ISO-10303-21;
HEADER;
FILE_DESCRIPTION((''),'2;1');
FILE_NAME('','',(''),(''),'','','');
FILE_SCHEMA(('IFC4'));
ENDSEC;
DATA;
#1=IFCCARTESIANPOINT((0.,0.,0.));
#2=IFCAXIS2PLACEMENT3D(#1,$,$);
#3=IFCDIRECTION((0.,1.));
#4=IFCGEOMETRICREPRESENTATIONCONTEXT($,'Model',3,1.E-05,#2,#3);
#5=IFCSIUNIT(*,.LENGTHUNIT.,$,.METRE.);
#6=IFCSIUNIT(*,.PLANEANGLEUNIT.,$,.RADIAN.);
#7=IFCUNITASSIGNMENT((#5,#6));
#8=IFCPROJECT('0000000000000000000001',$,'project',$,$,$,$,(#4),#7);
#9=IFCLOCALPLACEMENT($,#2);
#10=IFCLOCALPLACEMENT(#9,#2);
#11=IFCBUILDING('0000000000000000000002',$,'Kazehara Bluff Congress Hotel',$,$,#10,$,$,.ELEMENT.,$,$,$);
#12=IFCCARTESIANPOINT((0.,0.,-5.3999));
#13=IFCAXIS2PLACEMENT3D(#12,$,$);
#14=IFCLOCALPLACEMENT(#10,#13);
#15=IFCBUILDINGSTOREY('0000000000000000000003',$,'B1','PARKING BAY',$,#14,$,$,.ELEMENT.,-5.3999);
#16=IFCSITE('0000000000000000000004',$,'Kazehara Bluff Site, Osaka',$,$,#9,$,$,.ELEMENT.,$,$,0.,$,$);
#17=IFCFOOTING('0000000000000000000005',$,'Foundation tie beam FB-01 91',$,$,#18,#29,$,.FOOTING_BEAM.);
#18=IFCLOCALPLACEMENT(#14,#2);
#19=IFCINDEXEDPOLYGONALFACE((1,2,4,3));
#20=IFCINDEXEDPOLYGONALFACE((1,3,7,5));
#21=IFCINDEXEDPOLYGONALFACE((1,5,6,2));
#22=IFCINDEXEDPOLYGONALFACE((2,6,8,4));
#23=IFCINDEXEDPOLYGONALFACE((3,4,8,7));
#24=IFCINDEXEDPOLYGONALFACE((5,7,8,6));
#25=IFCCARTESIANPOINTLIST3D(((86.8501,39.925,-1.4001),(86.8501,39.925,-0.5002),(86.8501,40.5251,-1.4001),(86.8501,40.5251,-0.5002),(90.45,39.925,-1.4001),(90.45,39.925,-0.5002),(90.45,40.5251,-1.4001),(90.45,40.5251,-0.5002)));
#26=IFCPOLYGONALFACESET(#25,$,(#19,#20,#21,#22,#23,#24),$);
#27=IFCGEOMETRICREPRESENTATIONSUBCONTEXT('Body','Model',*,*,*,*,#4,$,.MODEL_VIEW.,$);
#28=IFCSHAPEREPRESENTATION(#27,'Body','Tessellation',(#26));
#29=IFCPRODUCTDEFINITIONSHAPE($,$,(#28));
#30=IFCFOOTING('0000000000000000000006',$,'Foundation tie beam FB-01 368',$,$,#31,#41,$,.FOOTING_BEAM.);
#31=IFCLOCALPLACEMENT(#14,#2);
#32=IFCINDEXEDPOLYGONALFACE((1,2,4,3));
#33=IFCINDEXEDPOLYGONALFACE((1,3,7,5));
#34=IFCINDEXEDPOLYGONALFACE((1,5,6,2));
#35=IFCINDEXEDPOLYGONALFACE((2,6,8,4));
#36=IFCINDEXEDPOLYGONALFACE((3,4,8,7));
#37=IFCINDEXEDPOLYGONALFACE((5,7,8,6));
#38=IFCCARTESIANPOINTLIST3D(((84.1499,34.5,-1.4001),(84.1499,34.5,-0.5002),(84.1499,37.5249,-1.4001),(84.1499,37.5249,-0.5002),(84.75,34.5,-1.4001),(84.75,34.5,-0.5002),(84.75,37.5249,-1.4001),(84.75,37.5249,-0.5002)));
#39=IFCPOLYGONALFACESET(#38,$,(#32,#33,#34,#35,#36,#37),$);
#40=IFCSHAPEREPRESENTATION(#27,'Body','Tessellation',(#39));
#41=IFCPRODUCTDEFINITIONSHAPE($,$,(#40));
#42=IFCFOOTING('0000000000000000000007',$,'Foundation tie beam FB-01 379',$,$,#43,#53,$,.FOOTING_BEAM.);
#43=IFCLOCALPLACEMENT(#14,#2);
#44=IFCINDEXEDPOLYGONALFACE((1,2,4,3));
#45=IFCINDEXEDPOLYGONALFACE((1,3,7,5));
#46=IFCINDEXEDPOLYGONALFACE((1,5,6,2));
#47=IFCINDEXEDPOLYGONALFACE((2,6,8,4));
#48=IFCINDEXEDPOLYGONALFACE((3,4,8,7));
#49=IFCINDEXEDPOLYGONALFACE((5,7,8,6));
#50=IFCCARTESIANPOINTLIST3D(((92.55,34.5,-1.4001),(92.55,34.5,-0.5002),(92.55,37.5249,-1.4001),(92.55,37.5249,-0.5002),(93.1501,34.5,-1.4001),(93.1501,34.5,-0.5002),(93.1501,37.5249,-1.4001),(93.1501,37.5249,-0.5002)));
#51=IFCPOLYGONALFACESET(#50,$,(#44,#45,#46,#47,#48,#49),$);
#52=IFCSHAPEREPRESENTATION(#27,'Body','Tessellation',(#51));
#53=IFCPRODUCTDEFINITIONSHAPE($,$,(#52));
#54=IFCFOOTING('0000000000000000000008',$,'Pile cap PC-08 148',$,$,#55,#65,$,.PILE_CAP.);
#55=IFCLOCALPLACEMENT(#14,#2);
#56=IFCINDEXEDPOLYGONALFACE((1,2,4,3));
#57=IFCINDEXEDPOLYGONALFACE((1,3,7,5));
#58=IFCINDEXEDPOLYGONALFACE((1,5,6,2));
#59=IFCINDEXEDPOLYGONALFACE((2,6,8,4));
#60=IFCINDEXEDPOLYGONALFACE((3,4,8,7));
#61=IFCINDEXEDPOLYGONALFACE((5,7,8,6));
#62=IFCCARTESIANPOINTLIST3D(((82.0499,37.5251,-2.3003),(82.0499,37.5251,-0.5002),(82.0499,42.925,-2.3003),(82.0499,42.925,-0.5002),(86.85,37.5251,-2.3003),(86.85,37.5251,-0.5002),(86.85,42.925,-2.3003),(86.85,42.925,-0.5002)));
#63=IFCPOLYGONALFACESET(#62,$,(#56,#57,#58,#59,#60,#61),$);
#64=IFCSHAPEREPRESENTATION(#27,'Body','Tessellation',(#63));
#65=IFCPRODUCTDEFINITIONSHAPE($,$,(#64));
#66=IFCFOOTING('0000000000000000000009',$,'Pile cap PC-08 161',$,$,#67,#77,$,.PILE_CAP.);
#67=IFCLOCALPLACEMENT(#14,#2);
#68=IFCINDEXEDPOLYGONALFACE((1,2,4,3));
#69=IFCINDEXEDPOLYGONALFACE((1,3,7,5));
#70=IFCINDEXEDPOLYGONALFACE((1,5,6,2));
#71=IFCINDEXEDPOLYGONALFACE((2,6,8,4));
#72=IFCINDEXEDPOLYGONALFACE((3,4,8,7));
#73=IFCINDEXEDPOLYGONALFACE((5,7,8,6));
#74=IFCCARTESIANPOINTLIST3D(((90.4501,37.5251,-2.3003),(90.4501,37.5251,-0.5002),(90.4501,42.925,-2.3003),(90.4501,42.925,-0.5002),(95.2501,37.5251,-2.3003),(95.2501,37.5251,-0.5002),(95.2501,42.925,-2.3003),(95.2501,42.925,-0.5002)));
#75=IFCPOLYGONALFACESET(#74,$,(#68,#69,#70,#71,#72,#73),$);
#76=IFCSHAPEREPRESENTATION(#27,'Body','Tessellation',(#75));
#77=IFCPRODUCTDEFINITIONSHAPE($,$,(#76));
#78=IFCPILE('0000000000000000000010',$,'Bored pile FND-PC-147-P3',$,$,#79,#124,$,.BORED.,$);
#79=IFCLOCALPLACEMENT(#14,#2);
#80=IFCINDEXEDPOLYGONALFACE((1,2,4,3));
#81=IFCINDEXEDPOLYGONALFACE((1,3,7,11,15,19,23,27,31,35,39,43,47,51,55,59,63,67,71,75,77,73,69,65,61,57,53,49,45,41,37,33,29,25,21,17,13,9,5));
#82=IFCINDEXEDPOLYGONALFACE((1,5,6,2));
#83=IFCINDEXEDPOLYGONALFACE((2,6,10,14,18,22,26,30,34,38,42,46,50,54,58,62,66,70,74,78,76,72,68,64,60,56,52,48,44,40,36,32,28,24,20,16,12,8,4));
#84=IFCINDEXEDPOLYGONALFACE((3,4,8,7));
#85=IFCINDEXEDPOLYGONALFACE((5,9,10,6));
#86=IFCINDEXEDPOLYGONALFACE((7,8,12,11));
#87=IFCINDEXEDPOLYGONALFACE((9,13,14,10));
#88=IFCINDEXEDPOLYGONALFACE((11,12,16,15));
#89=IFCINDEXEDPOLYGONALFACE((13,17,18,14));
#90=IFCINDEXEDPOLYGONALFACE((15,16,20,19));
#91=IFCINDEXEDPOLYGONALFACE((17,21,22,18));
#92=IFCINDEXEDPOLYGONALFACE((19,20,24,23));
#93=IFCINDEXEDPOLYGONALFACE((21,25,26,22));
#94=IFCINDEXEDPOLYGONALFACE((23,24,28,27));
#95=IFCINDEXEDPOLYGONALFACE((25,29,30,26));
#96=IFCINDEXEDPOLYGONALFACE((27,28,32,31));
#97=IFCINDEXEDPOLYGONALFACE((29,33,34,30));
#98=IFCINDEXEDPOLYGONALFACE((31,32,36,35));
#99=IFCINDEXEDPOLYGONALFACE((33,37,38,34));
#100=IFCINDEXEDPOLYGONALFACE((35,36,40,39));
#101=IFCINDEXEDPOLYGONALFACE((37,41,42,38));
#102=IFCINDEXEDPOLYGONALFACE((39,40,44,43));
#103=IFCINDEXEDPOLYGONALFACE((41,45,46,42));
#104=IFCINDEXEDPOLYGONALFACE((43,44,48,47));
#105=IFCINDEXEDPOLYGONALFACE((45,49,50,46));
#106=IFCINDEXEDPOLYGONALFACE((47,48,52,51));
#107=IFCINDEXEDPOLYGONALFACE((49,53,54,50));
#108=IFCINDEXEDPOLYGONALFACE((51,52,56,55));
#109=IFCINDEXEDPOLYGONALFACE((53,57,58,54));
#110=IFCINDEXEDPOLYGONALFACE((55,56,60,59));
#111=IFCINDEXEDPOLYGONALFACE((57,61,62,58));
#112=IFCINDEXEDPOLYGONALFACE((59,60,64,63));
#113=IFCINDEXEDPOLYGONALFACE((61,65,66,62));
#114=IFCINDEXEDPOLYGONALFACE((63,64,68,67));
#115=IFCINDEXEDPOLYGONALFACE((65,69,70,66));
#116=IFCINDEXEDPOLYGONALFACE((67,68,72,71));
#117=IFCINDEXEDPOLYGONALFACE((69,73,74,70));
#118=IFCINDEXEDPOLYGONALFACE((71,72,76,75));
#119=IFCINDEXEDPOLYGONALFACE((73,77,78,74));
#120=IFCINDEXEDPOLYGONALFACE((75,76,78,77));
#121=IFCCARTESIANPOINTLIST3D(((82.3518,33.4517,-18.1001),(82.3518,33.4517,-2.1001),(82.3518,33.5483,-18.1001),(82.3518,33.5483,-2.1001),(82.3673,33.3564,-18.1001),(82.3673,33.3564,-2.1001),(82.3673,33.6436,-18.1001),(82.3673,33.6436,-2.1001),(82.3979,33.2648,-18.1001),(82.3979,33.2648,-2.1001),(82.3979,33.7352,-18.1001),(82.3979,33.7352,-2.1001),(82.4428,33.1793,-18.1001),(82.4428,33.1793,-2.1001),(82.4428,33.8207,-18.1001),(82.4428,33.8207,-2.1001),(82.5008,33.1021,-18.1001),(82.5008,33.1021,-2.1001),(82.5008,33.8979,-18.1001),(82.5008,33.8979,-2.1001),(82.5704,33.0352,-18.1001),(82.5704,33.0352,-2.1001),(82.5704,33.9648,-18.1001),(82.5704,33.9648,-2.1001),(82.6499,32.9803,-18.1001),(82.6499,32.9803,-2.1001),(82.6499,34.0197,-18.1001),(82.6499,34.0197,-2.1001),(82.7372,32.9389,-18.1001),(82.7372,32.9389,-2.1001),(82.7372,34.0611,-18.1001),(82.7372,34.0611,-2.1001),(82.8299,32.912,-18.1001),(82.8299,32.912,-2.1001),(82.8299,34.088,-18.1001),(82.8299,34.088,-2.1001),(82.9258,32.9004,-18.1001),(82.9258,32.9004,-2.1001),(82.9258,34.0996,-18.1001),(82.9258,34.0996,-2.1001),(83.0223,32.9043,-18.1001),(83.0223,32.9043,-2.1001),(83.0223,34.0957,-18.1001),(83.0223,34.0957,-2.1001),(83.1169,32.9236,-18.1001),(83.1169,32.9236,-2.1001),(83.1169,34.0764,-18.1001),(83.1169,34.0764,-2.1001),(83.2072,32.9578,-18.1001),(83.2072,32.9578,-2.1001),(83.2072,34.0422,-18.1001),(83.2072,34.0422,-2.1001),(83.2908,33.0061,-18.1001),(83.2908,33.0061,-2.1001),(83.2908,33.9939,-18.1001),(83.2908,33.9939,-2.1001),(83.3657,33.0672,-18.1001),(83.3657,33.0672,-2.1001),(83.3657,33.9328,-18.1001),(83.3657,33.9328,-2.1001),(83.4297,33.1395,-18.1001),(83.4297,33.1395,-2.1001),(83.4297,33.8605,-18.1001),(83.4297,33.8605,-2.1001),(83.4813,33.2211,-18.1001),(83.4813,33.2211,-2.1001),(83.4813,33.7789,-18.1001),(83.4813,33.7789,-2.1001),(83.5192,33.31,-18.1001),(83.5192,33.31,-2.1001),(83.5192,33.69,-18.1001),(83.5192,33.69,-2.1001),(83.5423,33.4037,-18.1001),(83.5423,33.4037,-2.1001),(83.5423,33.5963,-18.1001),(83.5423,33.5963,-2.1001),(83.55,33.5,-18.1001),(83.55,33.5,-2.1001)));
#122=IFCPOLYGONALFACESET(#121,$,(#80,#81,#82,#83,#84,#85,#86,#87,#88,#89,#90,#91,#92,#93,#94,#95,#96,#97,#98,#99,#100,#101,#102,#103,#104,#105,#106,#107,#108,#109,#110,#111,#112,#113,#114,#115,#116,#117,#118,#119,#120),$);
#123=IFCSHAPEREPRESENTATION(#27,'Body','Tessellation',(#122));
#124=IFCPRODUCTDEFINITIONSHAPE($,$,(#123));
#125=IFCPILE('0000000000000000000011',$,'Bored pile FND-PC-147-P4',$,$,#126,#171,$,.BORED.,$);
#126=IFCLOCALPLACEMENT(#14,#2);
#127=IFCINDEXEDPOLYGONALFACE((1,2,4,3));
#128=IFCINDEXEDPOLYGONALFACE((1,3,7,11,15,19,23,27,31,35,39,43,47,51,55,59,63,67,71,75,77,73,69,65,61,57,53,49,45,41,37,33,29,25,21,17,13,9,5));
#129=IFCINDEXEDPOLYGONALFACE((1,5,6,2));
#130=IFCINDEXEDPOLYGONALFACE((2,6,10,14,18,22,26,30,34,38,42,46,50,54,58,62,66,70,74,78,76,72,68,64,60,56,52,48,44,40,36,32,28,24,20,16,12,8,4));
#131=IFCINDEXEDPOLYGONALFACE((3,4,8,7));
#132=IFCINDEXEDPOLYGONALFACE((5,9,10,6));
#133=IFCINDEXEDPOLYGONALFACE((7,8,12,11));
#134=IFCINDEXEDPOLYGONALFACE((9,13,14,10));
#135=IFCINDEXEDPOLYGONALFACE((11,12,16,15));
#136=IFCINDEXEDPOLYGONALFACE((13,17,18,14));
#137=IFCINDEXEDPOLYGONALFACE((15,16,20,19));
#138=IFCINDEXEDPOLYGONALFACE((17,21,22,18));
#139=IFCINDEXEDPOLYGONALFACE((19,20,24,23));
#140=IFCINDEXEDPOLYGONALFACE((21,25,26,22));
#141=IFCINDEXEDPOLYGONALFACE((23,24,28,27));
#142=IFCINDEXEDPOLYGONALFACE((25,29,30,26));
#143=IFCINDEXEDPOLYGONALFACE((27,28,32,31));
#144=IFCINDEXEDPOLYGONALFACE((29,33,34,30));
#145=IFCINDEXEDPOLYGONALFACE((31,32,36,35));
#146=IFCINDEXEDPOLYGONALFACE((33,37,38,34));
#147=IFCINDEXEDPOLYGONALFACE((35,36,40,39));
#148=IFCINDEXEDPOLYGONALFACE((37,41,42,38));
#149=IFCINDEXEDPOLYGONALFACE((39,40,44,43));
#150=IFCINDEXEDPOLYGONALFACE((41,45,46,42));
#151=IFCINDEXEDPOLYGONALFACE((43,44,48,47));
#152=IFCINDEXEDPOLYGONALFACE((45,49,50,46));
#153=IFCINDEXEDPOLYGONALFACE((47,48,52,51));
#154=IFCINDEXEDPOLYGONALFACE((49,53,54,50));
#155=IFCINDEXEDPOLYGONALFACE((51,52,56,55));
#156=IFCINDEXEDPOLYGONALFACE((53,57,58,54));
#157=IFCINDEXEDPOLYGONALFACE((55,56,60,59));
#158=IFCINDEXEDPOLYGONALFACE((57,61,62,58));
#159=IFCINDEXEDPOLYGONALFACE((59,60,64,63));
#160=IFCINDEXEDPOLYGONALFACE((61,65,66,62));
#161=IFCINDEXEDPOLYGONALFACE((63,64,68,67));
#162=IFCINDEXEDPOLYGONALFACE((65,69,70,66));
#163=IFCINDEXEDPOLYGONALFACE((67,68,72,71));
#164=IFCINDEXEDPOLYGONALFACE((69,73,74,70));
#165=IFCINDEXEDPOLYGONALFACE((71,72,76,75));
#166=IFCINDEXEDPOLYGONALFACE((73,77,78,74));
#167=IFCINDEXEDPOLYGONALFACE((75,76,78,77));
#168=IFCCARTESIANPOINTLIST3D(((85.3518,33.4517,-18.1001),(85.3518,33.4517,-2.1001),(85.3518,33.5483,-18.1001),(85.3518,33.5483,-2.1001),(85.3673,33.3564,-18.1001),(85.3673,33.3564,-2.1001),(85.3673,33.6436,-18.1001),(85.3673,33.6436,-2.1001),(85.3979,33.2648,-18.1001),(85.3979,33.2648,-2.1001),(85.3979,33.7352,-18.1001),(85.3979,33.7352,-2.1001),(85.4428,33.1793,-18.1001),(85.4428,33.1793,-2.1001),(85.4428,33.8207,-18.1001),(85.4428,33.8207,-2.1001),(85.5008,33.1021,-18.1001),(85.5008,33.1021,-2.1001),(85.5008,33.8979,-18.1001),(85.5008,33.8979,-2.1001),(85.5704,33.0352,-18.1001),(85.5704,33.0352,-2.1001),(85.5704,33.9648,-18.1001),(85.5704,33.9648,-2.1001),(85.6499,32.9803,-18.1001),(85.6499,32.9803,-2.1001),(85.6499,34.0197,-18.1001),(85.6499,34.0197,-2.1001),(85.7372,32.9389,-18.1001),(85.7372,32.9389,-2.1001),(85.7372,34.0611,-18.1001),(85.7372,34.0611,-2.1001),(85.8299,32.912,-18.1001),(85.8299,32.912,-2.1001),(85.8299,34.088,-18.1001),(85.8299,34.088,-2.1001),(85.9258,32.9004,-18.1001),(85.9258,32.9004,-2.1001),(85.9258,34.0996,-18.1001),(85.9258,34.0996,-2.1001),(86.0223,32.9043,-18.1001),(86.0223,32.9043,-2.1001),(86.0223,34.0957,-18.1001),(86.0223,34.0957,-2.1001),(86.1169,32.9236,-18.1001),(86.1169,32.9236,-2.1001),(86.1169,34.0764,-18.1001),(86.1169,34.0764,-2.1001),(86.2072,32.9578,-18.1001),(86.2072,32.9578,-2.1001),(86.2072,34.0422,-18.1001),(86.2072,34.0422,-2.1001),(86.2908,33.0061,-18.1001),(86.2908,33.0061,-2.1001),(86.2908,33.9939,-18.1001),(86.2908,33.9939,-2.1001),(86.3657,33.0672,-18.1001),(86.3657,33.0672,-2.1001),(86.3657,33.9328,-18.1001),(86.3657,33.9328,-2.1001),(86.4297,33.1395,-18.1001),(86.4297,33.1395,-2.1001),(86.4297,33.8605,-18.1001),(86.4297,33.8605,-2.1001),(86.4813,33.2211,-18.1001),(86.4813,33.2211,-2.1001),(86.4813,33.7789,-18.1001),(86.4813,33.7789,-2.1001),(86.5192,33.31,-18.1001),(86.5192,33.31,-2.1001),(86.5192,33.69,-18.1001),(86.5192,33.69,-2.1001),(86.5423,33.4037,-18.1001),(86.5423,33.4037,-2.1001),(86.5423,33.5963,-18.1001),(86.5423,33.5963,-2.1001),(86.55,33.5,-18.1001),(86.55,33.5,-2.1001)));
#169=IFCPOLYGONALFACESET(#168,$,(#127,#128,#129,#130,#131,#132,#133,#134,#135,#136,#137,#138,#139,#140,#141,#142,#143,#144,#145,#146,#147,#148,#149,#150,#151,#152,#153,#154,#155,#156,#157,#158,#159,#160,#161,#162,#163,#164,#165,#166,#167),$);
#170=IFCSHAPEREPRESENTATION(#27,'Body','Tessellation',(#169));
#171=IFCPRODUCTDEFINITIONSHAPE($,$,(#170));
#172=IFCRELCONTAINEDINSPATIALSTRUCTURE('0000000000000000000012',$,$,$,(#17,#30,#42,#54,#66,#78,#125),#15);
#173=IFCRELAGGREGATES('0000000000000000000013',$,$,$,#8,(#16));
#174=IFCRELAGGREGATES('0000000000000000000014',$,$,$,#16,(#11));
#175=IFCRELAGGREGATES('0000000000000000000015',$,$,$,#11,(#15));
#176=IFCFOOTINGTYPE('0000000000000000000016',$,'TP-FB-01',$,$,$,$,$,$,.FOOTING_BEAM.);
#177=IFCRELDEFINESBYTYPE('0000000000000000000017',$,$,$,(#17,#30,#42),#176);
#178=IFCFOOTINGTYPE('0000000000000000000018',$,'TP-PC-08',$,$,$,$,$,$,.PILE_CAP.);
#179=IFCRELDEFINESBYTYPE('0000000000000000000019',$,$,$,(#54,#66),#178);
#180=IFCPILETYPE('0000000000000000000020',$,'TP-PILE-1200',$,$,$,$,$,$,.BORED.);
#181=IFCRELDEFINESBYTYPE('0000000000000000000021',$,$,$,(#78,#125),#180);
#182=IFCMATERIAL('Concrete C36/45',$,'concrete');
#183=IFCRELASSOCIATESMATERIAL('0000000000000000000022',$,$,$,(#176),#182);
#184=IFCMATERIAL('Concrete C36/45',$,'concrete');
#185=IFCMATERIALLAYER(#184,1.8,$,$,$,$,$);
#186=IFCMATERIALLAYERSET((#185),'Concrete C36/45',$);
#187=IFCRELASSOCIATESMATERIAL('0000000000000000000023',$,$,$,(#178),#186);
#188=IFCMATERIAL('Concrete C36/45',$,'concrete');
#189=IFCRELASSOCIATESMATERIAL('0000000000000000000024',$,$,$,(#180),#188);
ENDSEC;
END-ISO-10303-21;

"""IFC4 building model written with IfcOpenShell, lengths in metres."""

from ifc_helpers import new_model, si_unit, direction, frame, origin, origin_2d, place, context, subcontext, project, spatial, rectangle, circle, extrude, material, layer, layer_set, material_profile, profile_set, type_object, element, save


model = new_model("IFC4")

# Units and contexts
model_context = context("Model", 3, precision=1e-05, world=origin(), true_north=direction((0.0, 1.0)))
body_context = subcontext(model_context, "Body", "Model", "MODEL_VIEW")
ifc_project = project(units=[si_unit("LENGTHUNIT", "METRE"), si_unit("PLANEANGLEUNIT", "RADIAN")], contexts=[model_context])

# Site, building, storey
site_placement = place(None, origin())
site = spatial("IfcSite", under=ifc_project, at=site_placement, Name="Kazehara Bluff Site, Osaka", CompositionType="ELEMENT", RefElevation=0.0)
building_placement = place(site_placement, origin())
building = spatial("IfcBuilding", under=site, at=building_placement, Name="Kazehara Bluff Congress Hotel", CompositionType="ELEMENT")
storey_placement = place(building_placement, frame((0.0, 0.0, -5.3999)))
storey = spatial("IfcBuildingStorey", under=building, at=storey_placement, Name="B1", Description="PARKING BAY", CompositionType="ELEMENT", Elevation=-5.3999)

# Footings
ifc_material_1 = material(Name="Concrete C36/45", Category="concrete")
ifc_material_profile_1 = material_profile(ifc_material_1, rectangle(XDim=0.6001, YDim=0.8999, at=origin_2d()))
ifc_profile_set_1 = profile_set([ifc_material_profile_1], Name="Concrete C36/45")
footing_type_1 = type_object("IfcFootingType", Name="TP-FB-01", PredefinedType="FOOTING_BEAM", material=ifc_profile_set_1)
footing_placement = place(storey_placement, frame((86.8501, 40.2251, -0.9502), z_axis=(1.0, 0.0, 0.0), x_axis=(0.0, 1.0, 0.0)))
element("IfcFooting", 1, at=footing_placement, inside=storey, type_object=footing_type_1, Name="Foundation tie beam FB-01 91", PredefinedType="FOOTING_BEAM", context=body_context, shape_type="SweptSolid", body=[
    extrude(rectangle(XDim=0.6001, YDim=0.8999, at=origin_2d()), origin(), (0.0, 0.0, 1.0), 3.5999),
])
for number, where, z_axis, x_axis, name in (
    (2, (84.45, 34.5, -0.9502), (0.0, 1.0, 0.0), (-1.0, 0.0, 0.0), "Foundation tie beam FB-01 368"),
    (3, (92.8501, 34.5, -0.9502), (0.0, 1.0, 0.0), (-1.0, 0.0, 0.0), "Foundation tie beam FB-01 379"),
):
    element("IfcFooting", number, at=place(storey_placement, frame(where, z_axis=z_axis, x_axis=x_axis)), inside=storey, type_object=footing_type_1, Name=name, PredefinedType="FOOTING_BEAM", context=body_context, shape_type="SweptSolid", body=[
        extrude(rectangle(XDim=0.6001, YDim=0.8999, at=origin_2d()), origin(), (0.0, 0.0, 1.0), 3.0249),
    ])
ifc_material_2 = material(Name="Concrete C36/45", Category="concrete")
ifc_layer = layer(ifc_material_2, 1.8)
ifc_layer_set = layer_set([ifc_layer], Name="Concrete C36/45")
footing_type_2 = type_object("IfcFootingType", Name="TP-PC-08", PredefinedType="PILE_CAP", material=ifc_layer_set)
for number, where, z_axis, x_axis, name in (
    (4, (84.45, 40.2251, -2.3003), (0.0, 0.0, 1.0), (1.0, 0.0, 0.0), "Pile cap PC-08 148"),
    (5, (92.8501, 40.2251, -2.3003), (0.0, 0.0, 1.0), (1.0, 0.0, 0.0), "Pile cap PC-08 161"),
):
    element("IfcFooting", number, at=place(storey_placement, frame(where, z_axis=z_axis, x_axis=x_axis)), inside=storey, type_object=footing_type_2, Name=name, PredefinedType="PILE_CAP", context=body_context, shape_type="SweptSolid", body=[
        extrude(rectangle(XDim=4.8, YDim=5.3999, at=origin_2d()), origin(), (0.0, 0.0, 1.0), 1.8),
    ])

# Piles
ifc_material_3 = material(Name="Concrete C36/45", Category="concrete")
ifc_material_profile_2 = material_profile(ifc_material_3, circle(Radius=0.6001, at=origin_2d()))
ifc_profile_set_2 = profile_set([ifc_material_profile_2], Name="Concrete C36/45")
pile_type = type_object("IfcPileType", Name="TP-PILE-1200", PredefinedType="BORED", material=ifc_profile_set_2)
for number, where, z_axis, x_axis, name in (
    (6, (82.95, 33.5, -2.1001), (0.0, 0.0, -1.0), (1.0, 0.0, 0.0), "Bored pile FND-PC-147-P3"),
    (7, (85.95, 33.5, -2.1001), (0.0, 0.0, -1.0), (1.0, 0.0, 0.0), "Bored pile FND-PC-147-P4"),
):
    element("IfcPile", number, at=place(storey_placement, frame(where, z_axis=z_axis, x_axis=x_axis)), inside=storey, type_object=pile_type, Name=name, PredefinedType="BORED", context=body_context, shape_type="SweptSolid", body=[
        extrude(circle(Radius=0.6001, at=origin_2d()), origin(), (0.0, 0.0, 1.0), 16.0),
    ])

save(model, "model.ifc")
